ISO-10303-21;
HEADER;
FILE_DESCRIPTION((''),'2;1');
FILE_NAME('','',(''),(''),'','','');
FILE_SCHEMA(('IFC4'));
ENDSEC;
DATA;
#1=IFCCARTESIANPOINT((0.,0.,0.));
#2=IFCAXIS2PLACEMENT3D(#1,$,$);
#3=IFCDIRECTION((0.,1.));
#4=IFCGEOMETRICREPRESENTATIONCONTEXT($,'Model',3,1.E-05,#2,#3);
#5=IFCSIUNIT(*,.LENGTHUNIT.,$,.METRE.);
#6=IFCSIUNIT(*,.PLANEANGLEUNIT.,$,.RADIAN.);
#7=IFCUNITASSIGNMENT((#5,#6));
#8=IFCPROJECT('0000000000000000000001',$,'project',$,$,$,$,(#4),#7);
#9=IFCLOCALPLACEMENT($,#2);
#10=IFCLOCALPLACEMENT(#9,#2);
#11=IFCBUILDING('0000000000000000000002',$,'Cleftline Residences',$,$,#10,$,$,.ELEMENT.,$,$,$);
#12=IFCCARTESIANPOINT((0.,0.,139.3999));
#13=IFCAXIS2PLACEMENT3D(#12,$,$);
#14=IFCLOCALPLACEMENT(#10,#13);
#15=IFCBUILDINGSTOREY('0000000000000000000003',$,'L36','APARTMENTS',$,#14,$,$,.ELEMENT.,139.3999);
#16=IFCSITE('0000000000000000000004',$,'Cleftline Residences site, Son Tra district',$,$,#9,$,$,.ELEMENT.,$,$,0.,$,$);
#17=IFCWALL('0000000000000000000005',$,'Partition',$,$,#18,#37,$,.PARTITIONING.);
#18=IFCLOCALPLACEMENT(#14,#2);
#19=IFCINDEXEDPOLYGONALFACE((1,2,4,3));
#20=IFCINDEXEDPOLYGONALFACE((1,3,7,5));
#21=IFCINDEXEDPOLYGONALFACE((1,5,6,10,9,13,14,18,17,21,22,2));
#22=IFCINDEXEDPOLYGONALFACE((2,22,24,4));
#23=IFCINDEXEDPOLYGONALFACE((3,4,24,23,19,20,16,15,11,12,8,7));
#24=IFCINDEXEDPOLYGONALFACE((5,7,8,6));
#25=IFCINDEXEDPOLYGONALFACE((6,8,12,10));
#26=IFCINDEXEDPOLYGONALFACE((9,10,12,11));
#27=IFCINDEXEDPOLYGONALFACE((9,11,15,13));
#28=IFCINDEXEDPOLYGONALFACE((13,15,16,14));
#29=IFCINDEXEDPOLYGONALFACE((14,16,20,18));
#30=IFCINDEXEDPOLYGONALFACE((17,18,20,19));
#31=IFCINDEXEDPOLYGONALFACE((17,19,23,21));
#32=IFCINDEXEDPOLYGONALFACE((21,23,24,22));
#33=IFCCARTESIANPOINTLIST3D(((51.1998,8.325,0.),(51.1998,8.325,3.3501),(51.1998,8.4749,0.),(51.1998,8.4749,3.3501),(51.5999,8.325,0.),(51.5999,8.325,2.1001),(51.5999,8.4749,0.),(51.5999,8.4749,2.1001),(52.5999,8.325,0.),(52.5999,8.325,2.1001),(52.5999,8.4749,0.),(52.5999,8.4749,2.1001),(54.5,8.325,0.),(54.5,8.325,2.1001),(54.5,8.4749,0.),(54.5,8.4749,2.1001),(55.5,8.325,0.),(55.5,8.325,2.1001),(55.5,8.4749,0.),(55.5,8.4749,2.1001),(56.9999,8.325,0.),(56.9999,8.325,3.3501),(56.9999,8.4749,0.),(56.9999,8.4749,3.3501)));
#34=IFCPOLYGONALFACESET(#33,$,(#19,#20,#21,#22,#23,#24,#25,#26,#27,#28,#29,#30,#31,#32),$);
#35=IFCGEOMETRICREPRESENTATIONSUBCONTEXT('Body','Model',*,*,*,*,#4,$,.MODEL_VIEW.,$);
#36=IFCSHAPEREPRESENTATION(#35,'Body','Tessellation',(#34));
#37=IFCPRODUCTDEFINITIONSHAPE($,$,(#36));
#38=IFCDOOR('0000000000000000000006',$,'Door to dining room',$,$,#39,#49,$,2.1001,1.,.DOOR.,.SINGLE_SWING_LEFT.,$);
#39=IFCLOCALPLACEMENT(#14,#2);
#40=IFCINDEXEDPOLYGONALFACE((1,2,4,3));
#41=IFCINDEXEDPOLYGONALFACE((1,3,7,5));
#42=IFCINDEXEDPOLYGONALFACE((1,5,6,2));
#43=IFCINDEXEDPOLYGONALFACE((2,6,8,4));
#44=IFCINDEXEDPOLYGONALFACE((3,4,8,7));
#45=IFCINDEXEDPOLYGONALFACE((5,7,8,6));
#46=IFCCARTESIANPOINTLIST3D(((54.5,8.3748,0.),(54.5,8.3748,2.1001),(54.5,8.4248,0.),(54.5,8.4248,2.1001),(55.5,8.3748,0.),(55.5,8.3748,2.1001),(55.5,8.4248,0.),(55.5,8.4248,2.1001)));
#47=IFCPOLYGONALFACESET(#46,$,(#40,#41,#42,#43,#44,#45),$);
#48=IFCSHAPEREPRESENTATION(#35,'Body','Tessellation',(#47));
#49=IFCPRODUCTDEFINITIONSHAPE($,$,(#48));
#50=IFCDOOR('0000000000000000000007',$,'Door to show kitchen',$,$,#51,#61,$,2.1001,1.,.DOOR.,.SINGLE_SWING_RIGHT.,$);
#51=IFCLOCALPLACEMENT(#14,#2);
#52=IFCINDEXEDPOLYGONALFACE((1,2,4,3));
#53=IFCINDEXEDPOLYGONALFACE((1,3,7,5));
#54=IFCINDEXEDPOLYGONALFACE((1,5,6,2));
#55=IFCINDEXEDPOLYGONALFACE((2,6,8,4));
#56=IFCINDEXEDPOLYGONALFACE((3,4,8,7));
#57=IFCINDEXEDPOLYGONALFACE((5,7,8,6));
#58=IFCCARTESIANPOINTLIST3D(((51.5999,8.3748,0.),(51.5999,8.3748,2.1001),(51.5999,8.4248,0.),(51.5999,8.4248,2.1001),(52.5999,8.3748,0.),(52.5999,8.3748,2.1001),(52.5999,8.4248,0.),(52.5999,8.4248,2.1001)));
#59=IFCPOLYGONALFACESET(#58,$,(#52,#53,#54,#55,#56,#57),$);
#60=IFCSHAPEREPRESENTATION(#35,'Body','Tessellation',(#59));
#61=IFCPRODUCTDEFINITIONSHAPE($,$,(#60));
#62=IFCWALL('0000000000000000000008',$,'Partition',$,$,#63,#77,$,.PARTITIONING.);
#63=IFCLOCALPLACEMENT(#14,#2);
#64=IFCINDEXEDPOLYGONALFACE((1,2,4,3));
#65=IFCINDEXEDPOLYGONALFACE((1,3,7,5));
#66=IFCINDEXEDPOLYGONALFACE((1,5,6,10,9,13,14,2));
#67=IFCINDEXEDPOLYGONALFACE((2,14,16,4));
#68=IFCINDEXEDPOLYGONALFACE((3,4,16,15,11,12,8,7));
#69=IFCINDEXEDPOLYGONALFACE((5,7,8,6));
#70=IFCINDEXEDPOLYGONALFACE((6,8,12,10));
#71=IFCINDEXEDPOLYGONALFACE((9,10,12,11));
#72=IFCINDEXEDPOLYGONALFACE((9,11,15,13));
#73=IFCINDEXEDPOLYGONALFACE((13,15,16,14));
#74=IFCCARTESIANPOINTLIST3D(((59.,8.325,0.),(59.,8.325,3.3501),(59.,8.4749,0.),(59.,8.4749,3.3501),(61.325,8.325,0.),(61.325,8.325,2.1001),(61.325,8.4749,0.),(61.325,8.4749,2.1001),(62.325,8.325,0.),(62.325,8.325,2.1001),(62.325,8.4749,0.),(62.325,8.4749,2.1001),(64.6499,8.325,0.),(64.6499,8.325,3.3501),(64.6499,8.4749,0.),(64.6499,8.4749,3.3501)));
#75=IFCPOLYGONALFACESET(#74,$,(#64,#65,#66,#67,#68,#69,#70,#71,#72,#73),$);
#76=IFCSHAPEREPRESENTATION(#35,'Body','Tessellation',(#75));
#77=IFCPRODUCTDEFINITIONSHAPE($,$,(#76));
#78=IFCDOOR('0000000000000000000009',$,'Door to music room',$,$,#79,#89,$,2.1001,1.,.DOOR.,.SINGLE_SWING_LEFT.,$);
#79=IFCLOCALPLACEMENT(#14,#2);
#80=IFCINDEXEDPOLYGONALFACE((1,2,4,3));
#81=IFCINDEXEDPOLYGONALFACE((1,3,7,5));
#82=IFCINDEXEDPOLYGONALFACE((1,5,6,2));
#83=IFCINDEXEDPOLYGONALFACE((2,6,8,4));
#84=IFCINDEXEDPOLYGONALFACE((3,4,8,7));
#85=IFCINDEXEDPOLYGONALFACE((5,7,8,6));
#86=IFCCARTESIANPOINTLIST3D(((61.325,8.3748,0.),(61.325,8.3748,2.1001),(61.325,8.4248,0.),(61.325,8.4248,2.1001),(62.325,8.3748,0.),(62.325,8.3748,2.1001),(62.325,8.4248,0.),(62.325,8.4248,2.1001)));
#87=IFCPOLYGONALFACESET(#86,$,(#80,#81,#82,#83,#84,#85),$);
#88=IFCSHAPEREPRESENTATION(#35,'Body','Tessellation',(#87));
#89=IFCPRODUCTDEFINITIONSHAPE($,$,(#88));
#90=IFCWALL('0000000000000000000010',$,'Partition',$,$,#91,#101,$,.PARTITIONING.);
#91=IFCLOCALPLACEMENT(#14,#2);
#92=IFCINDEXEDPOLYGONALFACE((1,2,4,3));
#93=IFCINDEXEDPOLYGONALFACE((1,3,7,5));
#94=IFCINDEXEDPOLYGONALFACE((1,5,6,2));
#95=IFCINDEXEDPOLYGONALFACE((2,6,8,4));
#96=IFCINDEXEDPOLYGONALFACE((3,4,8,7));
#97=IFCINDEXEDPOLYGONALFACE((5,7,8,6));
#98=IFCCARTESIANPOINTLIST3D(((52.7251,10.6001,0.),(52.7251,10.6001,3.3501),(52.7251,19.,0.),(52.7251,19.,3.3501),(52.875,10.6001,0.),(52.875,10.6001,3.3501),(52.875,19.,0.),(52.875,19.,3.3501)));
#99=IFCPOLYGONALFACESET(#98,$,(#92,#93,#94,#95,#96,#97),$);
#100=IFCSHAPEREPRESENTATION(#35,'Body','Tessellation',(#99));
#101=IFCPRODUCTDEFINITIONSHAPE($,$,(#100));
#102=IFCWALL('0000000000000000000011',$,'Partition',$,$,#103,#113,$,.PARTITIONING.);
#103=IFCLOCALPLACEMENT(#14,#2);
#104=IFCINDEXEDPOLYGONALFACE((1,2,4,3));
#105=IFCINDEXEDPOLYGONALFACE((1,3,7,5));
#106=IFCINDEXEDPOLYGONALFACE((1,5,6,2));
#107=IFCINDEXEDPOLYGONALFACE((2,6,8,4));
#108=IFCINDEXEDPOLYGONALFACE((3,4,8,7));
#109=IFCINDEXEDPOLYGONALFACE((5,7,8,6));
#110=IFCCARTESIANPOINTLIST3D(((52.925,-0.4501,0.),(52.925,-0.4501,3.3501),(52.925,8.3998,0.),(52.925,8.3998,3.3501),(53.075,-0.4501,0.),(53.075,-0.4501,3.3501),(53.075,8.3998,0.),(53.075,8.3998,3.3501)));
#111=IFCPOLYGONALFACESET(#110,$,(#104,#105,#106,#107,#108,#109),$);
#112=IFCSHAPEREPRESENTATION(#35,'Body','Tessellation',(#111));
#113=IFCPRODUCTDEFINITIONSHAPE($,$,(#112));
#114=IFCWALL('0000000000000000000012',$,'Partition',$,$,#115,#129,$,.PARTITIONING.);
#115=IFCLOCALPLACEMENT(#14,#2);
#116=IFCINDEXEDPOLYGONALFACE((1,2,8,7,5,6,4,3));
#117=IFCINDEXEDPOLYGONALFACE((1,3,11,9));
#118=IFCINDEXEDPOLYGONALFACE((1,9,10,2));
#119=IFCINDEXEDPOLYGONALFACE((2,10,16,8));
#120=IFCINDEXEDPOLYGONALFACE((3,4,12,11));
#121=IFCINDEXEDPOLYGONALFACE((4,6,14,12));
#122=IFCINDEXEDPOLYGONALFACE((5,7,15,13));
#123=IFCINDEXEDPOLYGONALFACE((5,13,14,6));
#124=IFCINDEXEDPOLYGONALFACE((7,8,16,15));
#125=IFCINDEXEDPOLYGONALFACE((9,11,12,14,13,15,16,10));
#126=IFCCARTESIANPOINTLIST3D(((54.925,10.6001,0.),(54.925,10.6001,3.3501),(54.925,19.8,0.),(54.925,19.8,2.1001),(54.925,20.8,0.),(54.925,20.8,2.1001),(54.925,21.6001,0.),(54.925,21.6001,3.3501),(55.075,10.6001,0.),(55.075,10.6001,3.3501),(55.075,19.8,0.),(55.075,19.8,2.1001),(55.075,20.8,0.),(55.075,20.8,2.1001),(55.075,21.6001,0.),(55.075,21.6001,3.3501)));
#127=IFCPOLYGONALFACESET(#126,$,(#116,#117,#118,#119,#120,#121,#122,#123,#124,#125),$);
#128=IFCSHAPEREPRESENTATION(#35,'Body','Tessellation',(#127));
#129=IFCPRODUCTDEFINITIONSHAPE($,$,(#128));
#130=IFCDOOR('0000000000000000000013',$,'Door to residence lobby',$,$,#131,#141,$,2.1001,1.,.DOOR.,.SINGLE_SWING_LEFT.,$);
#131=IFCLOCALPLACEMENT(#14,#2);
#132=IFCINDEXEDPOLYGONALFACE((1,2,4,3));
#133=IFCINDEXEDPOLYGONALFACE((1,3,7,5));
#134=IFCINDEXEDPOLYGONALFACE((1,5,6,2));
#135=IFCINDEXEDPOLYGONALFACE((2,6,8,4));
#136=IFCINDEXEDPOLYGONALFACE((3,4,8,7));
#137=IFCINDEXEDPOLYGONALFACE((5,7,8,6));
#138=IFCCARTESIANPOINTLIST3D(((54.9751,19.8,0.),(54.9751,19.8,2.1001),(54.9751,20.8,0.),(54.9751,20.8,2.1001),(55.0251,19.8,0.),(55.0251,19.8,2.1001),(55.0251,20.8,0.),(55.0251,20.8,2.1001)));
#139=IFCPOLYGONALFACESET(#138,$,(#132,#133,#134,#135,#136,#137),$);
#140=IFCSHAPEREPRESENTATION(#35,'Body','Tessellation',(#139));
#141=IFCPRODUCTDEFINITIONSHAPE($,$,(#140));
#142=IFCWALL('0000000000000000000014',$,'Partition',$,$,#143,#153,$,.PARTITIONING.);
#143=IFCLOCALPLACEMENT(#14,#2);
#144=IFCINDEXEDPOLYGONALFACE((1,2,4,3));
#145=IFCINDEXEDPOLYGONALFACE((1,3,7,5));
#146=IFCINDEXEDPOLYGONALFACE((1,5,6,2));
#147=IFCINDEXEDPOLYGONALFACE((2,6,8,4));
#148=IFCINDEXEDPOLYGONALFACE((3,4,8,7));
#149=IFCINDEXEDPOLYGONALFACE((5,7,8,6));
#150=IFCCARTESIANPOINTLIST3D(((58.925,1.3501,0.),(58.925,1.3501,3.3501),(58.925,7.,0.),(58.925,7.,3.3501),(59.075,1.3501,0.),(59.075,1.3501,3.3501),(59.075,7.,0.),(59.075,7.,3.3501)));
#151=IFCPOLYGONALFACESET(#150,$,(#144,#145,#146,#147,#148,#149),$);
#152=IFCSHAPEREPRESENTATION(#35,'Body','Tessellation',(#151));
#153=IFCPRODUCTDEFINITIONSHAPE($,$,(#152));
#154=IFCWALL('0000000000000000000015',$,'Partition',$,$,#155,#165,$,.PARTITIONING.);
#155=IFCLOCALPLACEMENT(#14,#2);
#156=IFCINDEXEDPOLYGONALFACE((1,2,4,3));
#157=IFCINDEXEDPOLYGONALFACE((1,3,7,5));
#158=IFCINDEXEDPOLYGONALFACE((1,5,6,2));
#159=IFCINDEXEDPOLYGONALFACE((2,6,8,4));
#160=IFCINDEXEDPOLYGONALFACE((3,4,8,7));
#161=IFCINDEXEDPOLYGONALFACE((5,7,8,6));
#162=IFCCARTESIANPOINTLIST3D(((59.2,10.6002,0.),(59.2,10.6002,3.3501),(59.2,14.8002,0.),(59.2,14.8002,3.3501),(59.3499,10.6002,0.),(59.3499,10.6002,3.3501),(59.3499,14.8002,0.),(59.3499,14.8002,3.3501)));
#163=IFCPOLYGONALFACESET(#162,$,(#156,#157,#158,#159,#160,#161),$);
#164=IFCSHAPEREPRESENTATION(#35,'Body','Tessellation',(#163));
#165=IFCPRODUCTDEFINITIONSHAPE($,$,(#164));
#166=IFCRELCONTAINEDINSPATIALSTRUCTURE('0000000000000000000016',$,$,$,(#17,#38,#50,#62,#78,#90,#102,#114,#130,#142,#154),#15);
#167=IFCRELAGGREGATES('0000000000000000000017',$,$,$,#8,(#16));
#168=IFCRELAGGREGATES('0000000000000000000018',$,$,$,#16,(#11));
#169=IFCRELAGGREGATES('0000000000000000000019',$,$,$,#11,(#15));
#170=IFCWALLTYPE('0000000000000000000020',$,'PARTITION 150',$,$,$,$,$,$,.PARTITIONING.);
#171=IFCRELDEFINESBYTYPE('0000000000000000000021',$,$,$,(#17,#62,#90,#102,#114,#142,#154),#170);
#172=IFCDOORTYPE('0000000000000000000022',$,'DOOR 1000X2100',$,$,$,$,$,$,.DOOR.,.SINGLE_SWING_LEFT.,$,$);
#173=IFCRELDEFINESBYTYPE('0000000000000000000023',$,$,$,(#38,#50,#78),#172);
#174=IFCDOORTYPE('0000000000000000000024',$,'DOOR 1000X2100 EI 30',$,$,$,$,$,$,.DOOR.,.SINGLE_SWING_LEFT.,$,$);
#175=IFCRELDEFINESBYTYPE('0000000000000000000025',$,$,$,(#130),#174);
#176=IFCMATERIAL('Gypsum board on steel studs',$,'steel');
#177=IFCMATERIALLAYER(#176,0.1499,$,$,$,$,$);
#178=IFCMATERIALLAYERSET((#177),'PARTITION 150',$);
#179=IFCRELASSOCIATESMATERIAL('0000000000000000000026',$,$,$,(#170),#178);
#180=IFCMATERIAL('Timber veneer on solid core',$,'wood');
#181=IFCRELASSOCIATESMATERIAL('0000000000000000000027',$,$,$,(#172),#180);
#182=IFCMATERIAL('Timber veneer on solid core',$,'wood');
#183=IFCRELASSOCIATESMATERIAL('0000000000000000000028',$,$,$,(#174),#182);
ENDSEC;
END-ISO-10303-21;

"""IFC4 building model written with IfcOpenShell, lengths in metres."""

from ifc_helpers import new_model, si_unit, direction, frame, frame_2d, origin, place, context, subcontext, project, spatial, rectangle, extrude, material, layer, layer_set, type_object, element, fill, save


model = new_model("IFC4")

# Units and contexts
model_context = context("Model", 3, precision=1e-05, world=origin(), true_north=direction((0.0, 1.0)))
body_context = subcontext(model_context, "Body", "Model", "MODEL_VIEW")
ifc_project = project(units=[si_unit("LENGTHUNIT", "METRE"), si_unit("PLANEANGLEUNIT", "RADIAN")], contexts=[model_context])

# Site, building, storey
site_placement = place(None, origin())
site = spatial("IfcSite", under=ifc_project, at=site_placement, Name="Cleftline Residences site, Son Tra district", CompositionType="ELEMENT", RefElevation=0.0)
building_placement = place(site_placement, origin())
building = spatial("IfcBuilding", under=site, at=building_placement, Name="Cleftline Residences", CompositionType="ELEMENT")
storey_placement = place(building_placement, frame((0.0, 0.0, 139.3999)))
storey = spatial("IfcBuildingStorey", under=building, at=storey_placement, Name="L36", Description="APARTMENTS", CompositionType="ELEMENT", Elevation=139.3999)

# Wall, openings, doors
ifc_material_1 = material(Name="Gypsum board on steel studs", Category="steel")
ifc_layer_1 = layer(ifc_material_1, 0.1499)
ifc_layer_set_1 = layer_set([ifc_layer_1], Name="PARTITION 150")
wall_type_1 = type_object("IfcWallType", Name="PARTITION 150", PredefinedType="PARTITIONING", material=ifc_layer_set_1)
wall_1_placement = place(storey_placement, frame((51.2, 8.3999, 0.0), z_axis=(0.0, 0.0, 1.0), x_axis=(1.0, 0.0, 0.0)))
wall_1 = element("IfcWall", 1, at=wall_1_placement, inside=storey, type_object=wall_type_1, Name="Partition", PredefinedType="PARTITIONING", context=body_context, shape_type="SweptSolid", body=[
    extrude(rectangle(XDim=5.8, YDim=0.1499, at=frame_2d((2.8999, 0.0))), origin(), (0.0, 0.0, 1.0), 3.3501),
])
opening_1_placement = place(wall_1_placement, frame((3.3, 0.0, 0.0)))
opening_1 = element("IfcOpeningElement", 2, at=opening_1_placement, cuts=wall_1, PredefinedType="OPENING", context=body_context, shape_type="SweptSolid", body=[
    extrude(rectangle(XDim=1.0, YDim=2.1001, at=frame_2d((0.5, 1.05))), frame((0.0, 0.085, 0.0), z_axis=(0.0, -1.0, 0.0), x_axis=(1.0, 0.0, 0.0)), (0.0, 0.0, 1.0), 0.1699),
])
opening_2_placement = place(wall_1_placement, frame((0.3999, 0.0, 0.0)))
opening_2 = element("IfcOpeningElement", 3, at=opening_2_placement, cuts=wall_1, PredefinedType="OPENING", context=body_context, shape_type="SweptSolid", body=[
    extrude(rectangle(XDim=1.0, YDim=2.1001, at=frame_2d((0.5, 1.05))), frame((0.0, 0.085, 0.0), z_axis=(0.0, -1.0, 0.0), x_axis=(1.0, 0.0, 0.0)), (0.0, 0.0, 1.0), 0.1699),
])
ifc_material_2 = material(Name="Timber veneer on solid core", Category="wood")
door_type_1 = type_object("IfcDoorType", Name="DOOR 1000X2100", OperationType="SINGLE_SWING_LEFT", PredefinedType="DOOR", material=ifc_material_2)
door_1_placement = place(opening_1_placement, origin())
door_1 = element("IfcDoor", 4, at=door_1_placement, inside=storey, type_object=door_type_1, Name="Door to dining room", OperationType="SINGLE_SWING_LEFT", OverallHeight=2.1001, OverallWidth=1.0, PredefinedType="DOOR", context=body_context, shape_type="SweptSolid", body=[
    extrude(rectangle(XDim=1.0, YDim=2.1001, at=frame_2d((0.5, 1.05))), frame((0.0, 0.0249, 0.0), z_axis=(0.0, -1.0, 0.0), x_axis=(1.0, 0.0, 0.0)), (0.0, 0.0, 1.0), 0.05),
])
fill(opening_1, door_1)
door_2_placement = place(opening_2_placement, origin())
door_2 = element("IfcDoor", 5, at=door_2_placement, inside=storey, type_object=door_type_1, Name="Door to show kitchen", OperationType="SINGLE_SWING_RIGHT", OverallHeight=2.1001, OverallWidth=1.0, PredefinedType="DOOR", context=body_context, shape_type="SweptSolid", body=[
    extrude(rectangle(XDim=1.0, YDim=2.1001, at=frame_2d((0.5, 1.05))), frame((0.0, 0.0249, 0.0), z_axis=(0.0, -1.0, 0.0), x_axis=(1.0, 0.0, 0.0)), (0.0, 0.0, 1.0), 0.05),
])
fill(opening_2, door_2)

# Wall, opening, door
wall_2_placement = place(storey_placement, frame((59.0, 8.3999, 0.0), z_axis=(0.0, 0.0, 1.0), x_axis=(1.0, 0.0, 0.0)))
wall_2 = element("IfcWall", 6, at=wall_2_placement, inside=storey, type_object=wall_type_1, Name="Partition", PredefinedType="PARTITIONING", context=body_context, shape_type="SweptSolid", body=[
    extrude(rectangle(XDim=5.6499, YDim=0.1499, at=frame_2d((2.825, 0.0))), origin(), (0.0, 0.0, 1.0), 3.3501),
])
opening_3_placement = place(wall_2_placement, frame((2.325, 0.0, 0.0)))
opening_3 = element("IfcOpeningElement", 7, at=opening_3_placement, cuts=wall_2, PredefinedType="OPENING", context=body_context, shape_type="SweptSolid", body=[
    extrude(rectangle(XDim=1.0, YDim=2.1001, at=frame_2d((0.5, 1.05))), frame((0.0, 0.085, 0.0), z_axis=(0.0, -1.0, 0.0), x_axis=(1.0, 0.0, 0.0)), (0.0, 0.0, 1.0), 0.1699),
])
door_3_placement = place(opening_3_placement, origin())
door_3 = element("IfcDoor", 8, at=door_3_placement, inside=storey, type_object=door_type_1, Name="Door to music room", OperationType="SINGLE_SWING_LEFT", OverallHeight=2.1001, OverallWidth=1.0, PredefinedType="DOOR", context=body_context, shape_type="SweptSolid", body=[
    extrude(rectangle(XDim=1.0, YDim=2.1001, at=frame_2d((0.5, 1.05))), frame((0.0, 0.0249, 0.0), z_axis=(0.0, -1.0, 0.0), x_axis=(1.0, 0.0, 0.0)), (0.0, 0.0, 1.0), 0.05),
])
fill(opening_3, door_3)

# Walls
wall_3_placement = place(storey_placement, frame((52.8, 10.6001, 0.0), z_axis=(0.0, 0.0, 1.0), x_axis=(0.0, 1.0, 0.0)))
element("IfcWall", 9, at=wall_3_placement, inside=storey, type_object=wall_type_1, Name="Partition", PredefinedType="PARTITIONING", context=body_context, shape_type="SweptSolid", body=[
    extrude(rectangle(XDim=8.3999, YDim=0.1499, at=frame_2d((4.2, 0.0))), origin(), (0.0, 0.0, 1.0), 3.3501),
])
wall_4_placement = place(storey_placement, frame((53.0, -0.45, 0.0), z_axis=(0.0, 0.0, 1.0), x_axis=(0.0, 1.0, 0.0)))
element("IfcWall", 10, at=wall_4_placement, inside=storey, type_object=wall_type_1, Name="Partition", PredefinedType="PARTITIONING", context=body_context, shape_type="SweptSolid", body=[
    extrude(rectangle(XDim=8.8499, YDim=0.1499, at=frame_2d((4.4248, 0.0))), origin(), (0.0, 0.0, 1.0), 3.3501),
])

# Wall, opening, door
wall_5_placement = place(storey_placement, frame((55.0, 10.6001, 0.0), z_axis=(0.0, 0.0, 1.0), x_axis=(0.0, 1.0, 0.0)))
wall_5 = element("IfcWall", 11, at=wall_5_placement, inside=storey, type_object=wall_type_1, Name="Partition", PredefinedType="PARTITIONING", context=body_context, shape_type="SweptSolid", body=[
    extrude(rectangle(XDim=11.0, YDim=0.1499, at=frame_2d((5.5, 0.0))), origin(), (0.0, 0.0, 1.0), 3.3501),
])
opening_4_placement = place(wall_5_placement, frame((9.2, 0.0, 0.0)))
opening_4 = element("IfcOpeningElement", 12, at=opening_4_placement, cuts=wall_5, PredefinedType="OPENING", context=body_context, shape_type="SweptSolid", body=[
    extrude(rectangle(XDim=1.0, YDim=2.1001, at=frame_2d((0.5, 1.05))), frame((0.0, 0.085, 0.0), z_axis=(0.0, -1.0, 0.0), x_axis=(1.0, 0.0, 0.0)), (0.0, 0.0, 1.0), 0.1699),
])
ifc_material_3 = material(Name="Timber veneer on solid core", Category="wood")
door_type_2 = type_object("IfcDoorType", Name="DOOR 1000X2100 EI 30", OperationType="SINGLE_SWING_LEFT", PredefinedType="DOOR", material=ifc_material_3)
door_4_placement = place(opening_4_placement, origin())
door_4 = element("IfcDoor", 13, at=door_4_placement, inside=storey, type_object=door_type_2, Name="Door to residence lobby", OperationType="SINGLE_SWING_LEFT", OverallHeight=2.1001, OverallWidth=1.0, PredefinedType="DOOR", context=body_context, shape_type="SweptSolid", body=[
    extrude(rectangle(XDim=1.0, YDim=2.1001, at=frame_2d((0.5, 1.05))), frame((0.0, 0.0249, 0.0), z_axis=(0.0, -1.0, 0.0), x_axis=(1.0, 0.0, 0.0)), (0.0, 0.0, 1.0), 0.05),
])
fill(opening_4, door_4)

# Walls
wall_6_placement = place(storey_placement, frame((59.0, 1.3501, 0.0), z_axis=(0.0, 0.0, 1.0), x_axis=(0.0, 1.0, 0.0)))
element("IfcWall", 14, at=wall_6_placement, inside=storey, type_object=wall_type_1, Name="Partition", PredefinedType="PARTITIONING", context=body_context, shape_type="SweptSolid", body=[
    extrude(rectangle(XDim=5.6499, YDim=0.1499, at=frame_2d((2.825, 0.0))), origin(), (0.0, 0.0, 1.0), 3.3501),
])
wall_7_placement = place(storey_placement, frame((59.2749, 10.6001, 0.0), z_axis=(0.0, 0.0, 1.0), x_axis=(0.0, 1.0, 0.0)))
element("IfcWall", 15, at=wall_7_placement, inside=storey, type_object=wall_type_1, Name="Partition", PredefinedType="PARTITIONING", context=body_context, shape_type="SweptSolid", body=[
    extrude(rectangle(XDim=4.2, YDim=0.1499, at=frame_2d((2.1001, 0.0))), origin(), (0.0, 0.0, 1.0), 3.3501),
])

save(model, "model.ifc")
